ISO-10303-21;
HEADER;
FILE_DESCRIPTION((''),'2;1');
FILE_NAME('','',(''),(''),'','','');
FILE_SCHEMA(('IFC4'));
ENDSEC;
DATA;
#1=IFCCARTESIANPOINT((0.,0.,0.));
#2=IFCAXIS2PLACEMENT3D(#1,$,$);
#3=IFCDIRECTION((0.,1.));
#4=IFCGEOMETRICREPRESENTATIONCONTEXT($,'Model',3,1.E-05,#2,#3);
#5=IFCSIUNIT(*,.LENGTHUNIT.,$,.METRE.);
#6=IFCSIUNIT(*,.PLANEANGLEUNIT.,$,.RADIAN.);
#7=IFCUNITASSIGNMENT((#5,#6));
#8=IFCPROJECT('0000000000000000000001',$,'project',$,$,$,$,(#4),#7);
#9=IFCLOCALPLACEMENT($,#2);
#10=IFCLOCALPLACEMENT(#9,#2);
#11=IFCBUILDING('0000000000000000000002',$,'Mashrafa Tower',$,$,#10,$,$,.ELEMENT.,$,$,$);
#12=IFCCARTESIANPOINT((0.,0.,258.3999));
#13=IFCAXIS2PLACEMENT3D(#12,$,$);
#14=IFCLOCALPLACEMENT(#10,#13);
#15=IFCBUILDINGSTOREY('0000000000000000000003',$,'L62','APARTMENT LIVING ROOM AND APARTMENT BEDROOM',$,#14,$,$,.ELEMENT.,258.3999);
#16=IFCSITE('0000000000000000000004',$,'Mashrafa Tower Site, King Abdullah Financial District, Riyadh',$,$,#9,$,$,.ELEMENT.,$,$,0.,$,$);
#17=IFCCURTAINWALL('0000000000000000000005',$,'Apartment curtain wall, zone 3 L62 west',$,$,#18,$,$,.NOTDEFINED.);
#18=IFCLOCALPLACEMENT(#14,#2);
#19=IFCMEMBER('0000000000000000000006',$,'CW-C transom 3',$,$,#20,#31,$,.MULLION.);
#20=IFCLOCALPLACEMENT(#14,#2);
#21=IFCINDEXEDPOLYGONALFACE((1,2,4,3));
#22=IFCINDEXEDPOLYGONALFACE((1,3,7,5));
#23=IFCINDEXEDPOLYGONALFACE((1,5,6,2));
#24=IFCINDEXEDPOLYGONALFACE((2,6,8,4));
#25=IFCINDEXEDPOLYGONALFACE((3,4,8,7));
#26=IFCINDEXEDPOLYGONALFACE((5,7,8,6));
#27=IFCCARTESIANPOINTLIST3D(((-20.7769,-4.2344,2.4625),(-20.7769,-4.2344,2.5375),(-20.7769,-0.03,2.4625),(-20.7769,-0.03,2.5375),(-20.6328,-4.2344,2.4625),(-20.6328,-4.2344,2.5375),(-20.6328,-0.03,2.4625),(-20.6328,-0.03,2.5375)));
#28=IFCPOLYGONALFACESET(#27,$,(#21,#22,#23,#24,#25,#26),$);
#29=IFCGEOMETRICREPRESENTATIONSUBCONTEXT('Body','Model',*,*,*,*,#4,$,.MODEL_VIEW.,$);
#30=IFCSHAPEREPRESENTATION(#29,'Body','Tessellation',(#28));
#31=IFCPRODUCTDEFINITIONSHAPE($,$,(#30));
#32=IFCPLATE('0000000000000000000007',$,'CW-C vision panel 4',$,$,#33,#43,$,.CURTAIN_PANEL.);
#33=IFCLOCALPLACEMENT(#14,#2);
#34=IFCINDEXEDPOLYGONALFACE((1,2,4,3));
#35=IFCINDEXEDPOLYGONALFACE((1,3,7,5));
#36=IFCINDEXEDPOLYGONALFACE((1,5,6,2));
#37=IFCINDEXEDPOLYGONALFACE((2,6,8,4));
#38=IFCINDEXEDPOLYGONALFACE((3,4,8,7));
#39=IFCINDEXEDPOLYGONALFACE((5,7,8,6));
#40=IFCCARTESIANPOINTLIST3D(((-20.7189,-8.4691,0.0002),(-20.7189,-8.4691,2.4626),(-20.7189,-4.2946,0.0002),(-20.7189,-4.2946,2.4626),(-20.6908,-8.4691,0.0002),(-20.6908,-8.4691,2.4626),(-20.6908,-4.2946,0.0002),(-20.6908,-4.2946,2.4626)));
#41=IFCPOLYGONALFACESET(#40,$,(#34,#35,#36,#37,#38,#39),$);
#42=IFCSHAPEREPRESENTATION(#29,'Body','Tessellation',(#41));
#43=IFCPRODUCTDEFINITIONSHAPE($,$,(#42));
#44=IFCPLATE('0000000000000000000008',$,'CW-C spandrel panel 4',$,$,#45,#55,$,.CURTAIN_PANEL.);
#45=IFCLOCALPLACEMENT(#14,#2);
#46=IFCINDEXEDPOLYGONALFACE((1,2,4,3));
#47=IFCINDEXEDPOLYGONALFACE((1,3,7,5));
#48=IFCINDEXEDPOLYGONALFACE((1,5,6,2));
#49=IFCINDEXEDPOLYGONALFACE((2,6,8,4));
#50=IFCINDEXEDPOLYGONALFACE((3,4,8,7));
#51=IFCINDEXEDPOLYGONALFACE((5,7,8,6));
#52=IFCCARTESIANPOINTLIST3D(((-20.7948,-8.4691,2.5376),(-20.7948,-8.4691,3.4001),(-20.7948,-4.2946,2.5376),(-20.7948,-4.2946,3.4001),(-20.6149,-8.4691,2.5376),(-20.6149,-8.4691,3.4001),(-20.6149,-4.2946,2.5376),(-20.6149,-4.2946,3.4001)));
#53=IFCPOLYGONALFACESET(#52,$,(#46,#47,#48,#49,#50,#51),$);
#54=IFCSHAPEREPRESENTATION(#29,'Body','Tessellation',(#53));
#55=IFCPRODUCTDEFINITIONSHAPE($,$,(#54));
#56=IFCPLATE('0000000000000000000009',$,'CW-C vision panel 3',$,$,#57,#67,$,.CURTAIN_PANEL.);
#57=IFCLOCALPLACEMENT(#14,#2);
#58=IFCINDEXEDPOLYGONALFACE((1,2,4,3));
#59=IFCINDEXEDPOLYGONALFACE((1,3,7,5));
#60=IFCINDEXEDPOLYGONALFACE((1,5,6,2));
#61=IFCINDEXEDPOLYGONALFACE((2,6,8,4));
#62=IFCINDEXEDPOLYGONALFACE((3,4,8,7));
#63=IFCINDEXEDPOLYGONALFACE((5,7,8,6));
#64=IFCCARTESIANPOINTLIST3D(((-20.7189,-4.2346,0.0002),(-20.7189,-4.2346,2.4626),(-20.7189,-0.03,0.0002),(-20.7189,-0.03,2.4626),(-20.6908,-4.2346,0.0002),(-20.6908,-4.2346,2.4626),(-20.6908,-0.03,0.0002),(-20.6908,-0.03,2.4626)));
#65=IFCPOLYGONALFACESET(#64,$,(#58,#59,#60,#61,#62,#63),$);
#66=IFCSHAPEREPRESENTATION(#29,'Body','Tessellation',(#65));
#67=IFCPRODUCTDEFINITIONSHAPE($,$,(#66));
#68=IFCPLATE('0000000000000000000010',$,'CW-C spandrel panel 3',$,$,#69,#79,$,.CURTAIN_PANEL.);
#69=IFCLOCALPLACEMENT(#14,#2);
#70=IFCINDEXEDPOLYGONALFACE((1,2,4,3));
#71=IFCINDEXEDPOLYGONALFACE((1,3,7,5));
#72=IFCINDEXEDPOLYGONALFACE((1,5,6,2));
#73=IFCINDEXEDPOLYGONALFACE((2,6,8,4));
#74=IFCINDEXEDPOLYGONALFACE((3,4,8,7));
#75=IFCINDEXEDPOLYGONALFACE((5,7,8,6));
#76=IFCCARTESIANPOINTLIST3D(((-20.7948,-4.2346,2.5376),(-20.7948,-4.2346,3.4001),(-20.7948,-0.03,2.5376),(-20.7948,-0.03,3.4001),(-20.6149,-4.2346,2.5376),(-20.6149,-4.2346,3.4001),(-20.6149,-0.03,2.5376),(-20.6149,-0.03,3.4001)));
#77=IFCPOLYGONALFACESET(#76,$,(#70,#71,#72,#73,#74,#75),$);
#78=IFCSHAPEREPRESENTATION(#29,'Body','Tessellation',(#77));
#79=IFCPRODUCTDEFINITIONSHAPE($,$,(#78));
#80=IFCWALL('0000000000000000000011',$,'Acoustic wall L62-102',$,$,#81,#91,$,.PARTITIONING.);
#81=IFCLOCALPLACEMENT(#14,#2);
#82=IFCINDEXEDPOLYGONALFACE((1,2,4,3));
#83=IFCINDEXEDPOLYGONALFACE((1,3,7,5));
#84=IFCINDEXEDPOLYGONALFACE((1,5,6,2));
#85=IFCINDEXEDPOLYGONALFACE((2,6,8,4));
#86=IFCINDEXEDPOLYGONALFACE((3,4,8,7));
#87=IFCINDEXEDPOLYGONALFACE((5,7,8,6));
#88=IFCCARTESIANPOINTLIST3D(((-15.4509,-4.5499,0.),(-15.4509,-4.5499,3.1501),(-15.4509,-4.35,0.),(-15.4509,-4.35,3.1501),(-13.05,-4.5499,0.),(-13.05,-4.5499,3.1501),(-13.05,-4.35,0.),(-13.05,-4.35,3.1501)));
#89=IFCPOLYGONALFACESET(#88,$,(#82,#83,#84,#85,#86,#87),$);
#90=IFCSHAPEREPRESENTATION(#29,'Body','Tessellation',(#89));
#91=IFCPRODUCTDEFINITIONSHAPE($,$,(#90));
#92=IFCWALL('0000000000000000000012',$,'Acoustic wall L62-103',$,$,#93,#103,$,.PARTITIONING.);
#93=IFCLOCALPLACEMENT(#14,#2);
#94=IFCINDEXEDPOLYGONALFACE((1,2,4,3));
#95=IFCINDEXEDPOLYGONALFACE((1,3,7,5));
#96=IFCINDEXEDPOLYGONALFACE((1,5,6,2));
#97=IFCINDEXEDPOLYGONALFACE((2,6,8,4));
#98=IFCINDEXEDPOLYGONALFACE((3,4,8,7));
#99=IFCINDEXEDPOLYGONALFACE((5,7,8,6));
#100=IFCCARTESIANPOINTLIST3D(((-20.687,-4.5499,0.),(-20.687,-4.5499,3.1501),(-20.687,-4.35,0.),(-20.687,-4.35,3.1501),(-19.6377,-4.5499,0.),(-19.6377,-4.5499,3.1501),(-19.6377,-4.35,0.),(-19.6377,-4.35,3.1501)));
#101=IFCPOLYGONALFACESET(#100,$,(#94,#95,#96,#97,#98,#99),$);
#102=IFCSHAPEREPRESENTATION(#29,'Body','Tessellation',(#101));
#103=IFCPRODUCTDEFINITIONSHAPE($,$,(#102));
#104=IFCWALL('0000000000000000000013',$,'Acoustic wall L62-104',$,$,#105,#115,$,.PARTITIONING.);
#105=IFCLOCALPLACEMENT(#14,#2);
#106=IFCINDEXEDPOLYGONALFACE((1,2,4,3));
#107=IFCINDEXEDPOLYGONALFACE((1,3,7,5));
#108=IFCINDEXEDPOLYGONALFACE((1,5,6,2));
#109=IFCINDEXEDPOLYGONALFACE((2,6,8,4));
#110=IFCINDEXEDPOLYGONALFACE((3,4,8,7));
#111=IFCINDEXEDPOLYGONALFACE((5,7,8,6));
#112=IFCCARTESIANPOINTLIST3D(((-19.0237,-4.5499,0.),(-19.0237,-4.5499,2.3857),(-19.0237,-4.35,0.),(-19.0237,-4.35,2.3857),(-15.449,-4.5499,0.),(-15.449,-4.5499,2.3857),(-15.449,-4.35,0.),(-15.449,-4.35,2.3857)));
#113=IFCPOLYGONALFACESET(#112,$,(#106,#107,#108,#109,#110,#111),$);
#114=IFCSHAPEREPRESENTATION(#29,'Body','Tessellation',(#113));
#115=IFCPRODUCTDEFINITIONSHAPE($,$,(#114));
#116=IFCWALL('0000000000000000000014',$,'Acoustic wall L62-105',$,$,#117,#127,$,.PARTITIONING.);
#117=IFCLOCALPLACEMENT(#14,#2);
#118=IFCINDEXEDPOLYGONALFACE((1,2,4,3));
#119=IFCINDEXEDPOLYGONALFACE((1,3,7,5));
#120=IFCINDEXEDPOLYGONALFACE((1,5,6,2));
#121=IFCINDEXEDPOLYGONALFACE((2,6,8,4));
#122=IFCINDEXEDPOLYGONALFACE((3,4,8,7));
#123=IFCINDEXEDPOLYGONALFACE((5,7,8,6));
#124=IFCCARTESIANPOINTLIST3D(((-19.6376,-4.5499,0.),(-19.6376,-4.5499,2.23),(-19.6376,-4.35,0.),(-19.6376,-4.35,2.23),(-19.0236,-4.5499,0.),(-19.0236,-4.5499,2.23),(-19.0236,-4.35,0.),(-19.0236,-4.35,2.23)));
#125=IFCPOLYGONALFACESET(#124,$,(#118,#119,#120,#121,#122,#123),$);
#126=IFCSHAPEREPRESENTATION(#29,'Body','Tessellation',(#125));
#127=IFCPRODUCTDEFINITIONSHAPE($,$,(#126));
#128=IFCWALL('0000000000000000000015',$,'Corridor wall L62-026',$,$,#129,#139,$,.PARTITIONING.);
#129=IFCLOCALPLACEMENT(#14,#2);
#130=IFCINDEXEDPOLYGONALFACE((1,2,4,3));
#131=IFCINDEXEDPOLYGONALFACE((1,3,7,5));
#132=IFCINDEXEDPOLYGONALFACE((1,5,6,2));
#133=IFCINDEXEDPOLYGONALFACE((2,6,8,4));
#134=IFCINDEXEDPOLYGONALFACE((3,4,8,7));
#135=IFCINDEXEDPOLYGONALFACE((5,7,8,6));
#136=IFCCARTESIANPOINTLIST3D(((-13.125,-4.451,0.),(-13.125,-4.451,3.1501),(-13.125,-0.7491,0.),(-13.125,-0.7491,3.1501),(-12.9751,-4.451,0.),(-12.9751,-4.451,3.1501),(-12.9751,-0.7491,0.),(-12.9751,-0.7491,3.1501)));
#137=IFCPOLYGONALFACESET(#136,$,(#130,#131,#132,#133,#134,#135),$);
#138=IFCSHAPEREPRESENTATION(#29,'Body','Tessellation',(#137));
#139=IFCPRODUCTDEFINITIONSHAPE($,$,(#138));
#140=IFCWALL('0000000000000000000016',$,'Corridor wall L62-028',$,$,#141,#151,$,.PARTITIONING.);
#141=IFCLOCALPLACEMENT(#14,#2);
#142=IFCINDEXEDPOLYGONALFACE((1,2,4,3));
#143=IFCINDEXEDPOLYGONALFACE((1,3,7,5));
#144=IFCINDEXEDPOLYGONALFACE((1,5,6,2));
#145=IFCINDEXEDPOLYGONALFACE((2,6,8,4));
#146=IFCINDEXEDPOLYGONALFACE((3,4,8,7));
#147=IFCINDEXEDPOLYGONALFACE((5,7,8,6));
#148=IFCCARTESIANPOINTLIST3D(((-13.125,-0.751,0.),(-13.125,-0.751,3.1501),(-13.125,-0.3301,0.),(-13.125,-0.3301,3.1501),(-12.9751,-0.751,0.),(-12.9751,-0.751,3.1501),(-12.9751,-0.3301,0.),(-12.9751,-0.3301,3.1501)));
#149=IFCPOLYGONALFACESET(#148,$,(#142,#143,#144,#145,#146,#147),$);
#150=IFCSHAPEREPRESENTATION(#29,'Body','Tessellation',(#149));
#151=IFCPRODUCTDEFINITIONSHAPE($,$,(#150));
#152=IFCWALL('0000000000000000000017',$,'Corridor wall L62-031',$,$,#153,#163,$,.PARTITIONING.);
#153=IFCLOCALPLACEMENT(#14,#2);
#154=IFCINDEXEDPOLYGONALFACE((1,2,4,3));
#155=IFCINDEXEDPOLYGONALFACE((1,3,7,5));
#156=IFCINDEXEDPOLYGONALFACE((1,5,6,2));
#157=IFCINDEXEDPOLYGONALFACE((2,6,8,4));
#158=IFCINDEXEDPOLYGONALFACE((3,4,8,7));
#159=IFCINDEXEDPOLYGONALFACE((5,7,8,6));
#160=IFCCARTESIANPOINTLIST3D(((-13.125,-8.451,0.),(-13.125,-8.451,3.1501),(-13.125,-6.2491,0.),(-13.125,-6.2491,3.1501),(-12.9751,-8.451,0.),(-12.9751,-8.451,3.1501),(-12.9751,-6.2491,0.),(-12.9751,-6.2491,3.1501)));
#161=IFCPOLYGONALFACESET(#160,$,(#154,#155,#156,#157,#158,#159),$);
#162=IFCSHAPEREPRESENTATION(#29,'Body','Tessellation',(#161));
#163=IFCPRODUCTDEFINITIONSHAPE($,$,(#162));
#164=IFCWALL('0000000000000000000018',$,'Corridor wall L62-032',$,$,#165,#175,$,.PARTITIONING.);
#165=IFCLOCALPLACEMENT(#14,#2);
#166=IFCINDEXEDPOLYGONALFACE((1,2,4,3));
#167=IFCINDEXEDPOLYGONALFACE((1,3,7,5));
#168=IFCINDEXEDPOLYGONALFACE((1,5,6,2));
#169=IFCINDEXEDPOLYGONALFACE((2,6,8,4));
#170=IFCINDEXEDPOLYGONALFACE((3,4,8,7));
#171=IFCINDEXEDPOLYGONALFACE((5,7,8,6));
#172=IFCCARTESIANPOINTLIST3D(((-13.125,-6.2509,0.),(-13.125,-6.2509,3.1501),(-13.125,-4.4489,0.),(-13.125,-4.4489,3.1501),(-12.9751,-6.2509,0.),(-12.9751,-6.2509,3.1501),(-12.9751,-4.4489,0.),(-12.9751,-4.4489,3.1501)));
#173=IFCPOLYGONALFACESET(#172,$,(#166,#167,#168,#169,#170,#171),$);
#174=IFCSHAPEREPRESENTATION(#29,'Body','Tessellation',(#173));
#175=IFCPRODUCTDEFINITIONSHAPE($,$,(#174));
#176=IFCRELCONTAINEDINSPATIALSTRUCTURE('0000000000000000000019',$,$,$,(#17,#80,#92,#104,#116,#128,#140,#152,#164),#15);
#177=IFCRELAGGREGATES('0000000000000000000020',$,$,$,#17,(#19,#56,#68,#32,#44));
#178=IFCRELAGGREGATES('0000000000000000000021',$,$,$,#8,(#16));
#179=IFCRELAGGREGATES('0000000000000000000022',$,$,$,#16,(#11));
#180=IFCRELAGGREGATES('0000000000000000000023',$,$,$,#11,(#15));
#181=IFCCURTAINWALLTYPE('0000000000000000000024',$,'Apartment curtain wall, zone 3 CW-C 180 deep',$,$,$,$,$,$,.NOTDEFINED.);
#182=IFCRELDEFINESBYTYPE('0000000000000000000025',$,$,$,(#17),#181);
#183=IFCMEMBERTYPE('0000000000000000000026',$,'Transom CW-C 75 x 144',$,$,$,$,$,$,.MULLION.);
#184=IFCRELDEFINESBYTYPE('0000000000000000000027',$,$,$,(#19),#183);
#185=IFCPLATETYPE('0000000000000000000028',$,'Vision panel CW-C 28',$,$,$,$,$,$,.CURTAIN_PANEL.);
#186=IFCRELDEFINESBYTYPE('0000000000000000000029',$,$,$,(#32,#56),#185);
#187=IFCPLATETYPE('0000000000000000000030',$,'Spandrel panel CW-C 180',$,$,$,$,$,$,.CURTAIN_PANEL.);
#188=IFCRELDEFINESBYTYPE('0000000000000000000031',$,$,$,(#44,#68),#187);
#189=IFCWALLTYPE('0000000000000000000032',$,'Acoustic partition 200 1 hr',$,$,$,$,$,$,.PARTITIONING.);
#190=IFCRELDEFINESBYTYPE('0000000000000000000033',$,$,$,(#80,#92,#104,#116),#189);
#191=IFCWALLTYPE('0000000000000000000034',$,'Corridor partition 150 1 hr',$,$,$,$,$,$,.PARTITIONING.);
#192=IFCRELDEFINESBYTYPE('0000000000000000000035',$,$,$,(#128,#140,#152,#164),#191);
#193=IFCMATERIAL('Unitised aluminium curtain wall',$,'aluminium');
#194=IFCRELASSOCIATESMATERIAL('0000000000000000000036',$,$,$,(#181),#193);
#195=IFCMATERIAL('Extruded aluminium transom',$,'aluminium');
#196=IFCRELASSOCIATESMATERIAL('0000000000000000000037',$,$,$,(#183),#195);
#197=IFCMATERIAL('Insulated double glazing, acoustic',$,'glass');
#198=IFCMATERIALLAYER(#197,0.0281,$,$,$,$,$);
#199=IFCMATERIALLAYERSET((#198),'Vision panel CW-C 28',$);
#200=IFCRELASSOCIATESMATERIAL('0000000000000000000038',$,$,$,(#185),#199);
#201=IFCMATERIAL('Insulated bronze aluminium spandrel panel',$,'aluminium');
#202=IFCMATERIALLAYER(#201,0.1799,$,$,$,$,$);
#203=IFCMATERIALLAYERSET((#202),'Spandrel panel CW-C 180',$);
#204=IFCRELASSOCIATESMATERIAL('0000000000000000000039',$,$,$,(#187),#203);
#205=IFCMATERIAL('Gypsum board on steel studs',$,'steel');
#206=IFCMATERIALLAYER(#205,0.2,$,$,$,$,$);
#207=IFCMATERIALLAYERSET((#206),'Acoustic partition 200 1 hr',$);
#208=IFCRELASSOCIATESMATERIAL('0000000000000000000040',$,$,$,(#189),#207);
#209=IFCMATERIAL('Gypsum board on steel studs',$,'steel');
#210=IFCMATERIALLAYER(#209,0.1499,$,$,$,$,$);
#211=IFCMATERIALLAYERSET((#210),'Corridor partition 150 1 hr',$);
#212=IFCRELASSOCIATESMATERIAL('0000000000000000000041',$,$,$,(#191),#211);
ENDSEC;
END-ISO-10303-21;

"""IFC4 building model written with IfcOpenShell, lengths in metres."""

from ifc_helpers import new_model, si_unit, direction, frame, frame_2d, origin, origin_2d, place, context, subcontext, project, spatial, rectangle, extrude, source, transform, mapped, material, layer, layer_set, material_profile, profile_set, type_object, type_shapes, element, aggregate, save


model = new_model("IFC4")

# Units and contexts
model_context = context("Model", 3, precision=1e-05, world=origin(), true_north=direction((0.0, 1.0)))
body_context = subcontext(model_context, "Body", "Model", "MODEL_VIEW")
ifc_project = project(units=[si_unit("LENGTHUNIT", "METRE"), si_unit("PLANEANGLEUNIT", "RADIAN")], contexts=[model_context])

# Site, building, storey
site_placement = place(None, origin())
site = spatial("IfcSite", under=ifc_project, at=site_placement, Name="Mashrafa Tower Site, King Abdullah Financial District, Riyadh", CompositionType="ELEMENT", RefElevation=0.0)
building_placement = place(site_placement, origin())
building = spatial("IfcBuilding", under=site, at=building_placement, Name="Mashrafa Tower", CompositionType="ELEMENT")
storey_placement = place(building_placement, frame((0.0, 0.0, 258.3999)))
storey = spatial("IfcBuildingStorey", under=building, at=storey_placement, Name="L62", Description="APARTMENT LIVING ROOM AND APARTMENT BEDROOM", CompositionType="ELEMENT", Elevation=258.3999)

# Curtain wall, member, plates
ifc_material_1 = material(Name="Unitised aluminium curtain wall", Category="aluminium")
curtain_wall_type = type_object("IfcCurtainWallType", Name="Apartment curtain wall, zone 3 CW-C 180 deep", PredefinedType="NOTDEFINED", material=ifc_material_1)
curtain_wall_placement = place(storey_placement, origin())
curtain_wall = element("IfcCurtainWall", 1, at=curtain_wall_placement, inside=storey, type_object=curtain_wall_type, Name="Apartment curtain wall, zone 3 L62 west", PredefinedType="NOTDEFINED")
ifc_material_2 = material(Name="Extruded aluminium transom", Category="aluminium")
ifc_material_profile_1 = material_profile(ifc_material_2, rectangle(XDim=0.144, YDim=0.075, at=origin_2d()), Name="Transom 75x144")
ifc_profile_set_1 = profile_set([ifc_material_profile_1], Name="Extruded aluminium transom")
member_type_1 = type_object("IfcMemberType", Name="Transom CW-C 75 x 144", PredefinedType="MULLION", material=ifc_profile_set_1)
shared_shape_1 = source(origin(), body_context, "Body", "SweptSolid", [
    extrude(rectangle(XDim=0.144, YDim=0.075, at=origin_2d()), origin(), (0.0, 0.0, 1.0), 4.2043),
])
member_1_placement = place(storey_placement, frame((-20.7048, -0.03, 2.5), z_axis=(0.0, -1.0, 0.0), x_axis=(1.0, 0.0, 0.0)))
member_1 = element("IfcMember", 2, at=member_1_placement, type_object=member_type_1, Name="CW-C transom 3", PredefinedType="MULLION", context=body_context, shape_type="MappedRepresentation", body=[
    mapped(shared_shape_1, transform((0.0, 0.0, 0.0))),
])
ifc_material_3 = material(Name="Insulated double glazing, acoustic", Category="glass")
ifc_layer_1 = layer(ifc_material_3, 0.0281)
ifc_layer_set_1 = layer_set([ifc_layer_1], Name="Vision panel CW-C 28")
plate_type_1 = type_object("IfcPlateType", Name="Vision panel CW-C 28", PredefinedType="CURTAIN_PANEL", material=ifc_layer_set_1)
shared_shape_2 = source(origin(), body_context, "Body", "SweptSolid", [
    extrude(rectangle(XDim=4.1746, YDim=0.0281, at=origin_2d()), origin(), (0.0, 0.0, 1.0), 2.4624),
])
plate_1_placement = place(storey_placement, frame((-20.7048, -6.3818, 0.0002), z_axis=(0.0, 0.0, 1.0), x_axis=(0.0, -1.0, 0.0)))
plate_1 = element("IfcPlate", 3, at=plate_1_placement, type_object=plate_type_1, Name="CW-C vision panel 4", PredefinedType="CURTAIN_PANEL", context=body_context, shape_type="MappedRepresentation", body=[
    mapped(shared_shape_2, transform((0.0, 0.0, 0.0))),
])
ifc_material_4 = material(Name="Insulated bronze aluminium spandrel panel", Category="aluminium")
ifc_layer_2 = layer(ifc_material_4, 0.1799)
ifc_layer_set_2 = layer_set([ifc_layer_2], Name="Spandrel panel CW-C 180")
plate_type_2 = type_object("IfcPlateType", Name="Spandrel panel CW-C 180", PredefinedType="CURTAIN_PANEL", material=ifc_layer_set_2)
shared_shape_3 = source(origin(), body_context, "Body", "SweptSolid", [
    extrude(rectangle(XDim=4.1746, YDim=0.1799, at=origin_2d()), origin(), (0.0, 0.0, 1.0), 0.8625),
])
plate_2_placement = place(storey_placement, frame((-20.7048, -6.3818, 2.5376), z_axis=(0.0, 0.0, 1.0), x_axis=(0.0, -1.0, 0.0)))
plate_2 = element("IfcPlate", 4, at=plate_2_placement, type_object=plate_type_2, Name="CW-C spandrel panel 4", PredefinedType="CURTAIN_PANEL", context=body_context, shape_type="MappedRepresentation", body=[
    mapped(shared_shape_3, transform((0.0, 0.0, 0.0))),
])
shared_shape_4 = source(origin(), body_context, "Body", "SweptSolid", [
    extrude(rectangle(XDim=4.2046, YDim=0.0281, at=origin_2d()), origin(), (0.0, 0.0, 1.0), 2.4624),
])
type_shapes(plate_type_1, [shared_shape_2, shared_shape_4])
plate_3_placement = place(storey_placement, frame((-20.7048, -2.1323, 0.0002), z_axis=(0.0, 0.0, 1.0), x_axis=(0.0, -1.0, 0.0)))
plate_3 = element("IfcPlate", 5, at=plate_3_placement, type_object=plate_type_1, Name="CW-C vision panel 3", PredefinedType="CURTAIN_PANEL", context=body_context, shape_type="MappedRepresentation", body=[
    mapped(shared_shape_4, transform((0.0, 0.0, 0.0))),
])
shared_shape_5 = source(origin(), body_context, "Body", "SweptSolid", [
    extrude(rectangle(XDim=4.2046, YDim=0.1799, at=origin_2d()), origin(), (0.0, 0.0, 1.0), 0.8625),
])
type_shapes(plate_type_2, [shared_shape_3, shared_shape_5])
plate_4_placement = place(storey_placement, frame((-20.7048, -2.1323, 2.5376), z_axis=(0.0, 0.0, 1.0), x_axis=(0.0, -1.0, 0.0)))
plate_4 = element("IfcPlate", 6, at=plate_4_placement, type_object=plate_type_2, Name="CW-C spandrel panel 3", PredefinedType="CURTAIN_PANEL", context=body_context, shape_type="MappedRepresentation", body=[
    mapped(shared_shape_5, transform((0.0, 0.0, 0.0))),
])
aggregate(curtain_wall, [member_1, plate_3, plate_4, plate_1, plate_2])

# Walls
ifc_material_5 = material(Name="Gypsum board on steel studs", Category="steel")
ifc_layer_3 = layer(ifc_material_5, 0.2)
ifc_layer_set_3 = layer_set([ifc_layer_3], Name="Acoustic partition 200 1 hr")
wall_type_1 = type_object("IfcWallType", Name="Acoustic partition 200 1 hr", PredefinedType="PARTITIONING", material=ifc_layer_set_3)
wall_1_placement = place(storey_placement, frame((-15.4509, -4.45, 0.0), z_axis=(0.0, 0.0, 1.0), x_axis=(1.0, 0.0, 0.0)))
element("IfcWall", 7, at=wall_1_placement, inside=storey, type_object=wall_type_1, Name="Acoustic wall L62-102", PredefinedType="PARTITIONING", context=body_context, shape_type="SweptSolid", body=[
    extrude(rectangle(XDim=2.4009, YDim=0.2, at=frame_2d((1.2004, 0.0))), origin(), (0.0, 0.0, 1.0), 3.1501),
])
wall_2_placement = place(storey_placement, frame((-20.687, -4.45, 0.0), z_axis=(0.0, 0.0, 1.0), x_axis=(1.0, 0.0, 0.0)))
element("IfcWall", 8, at=wall_2_placement, inside=storey, type_object=wall_type_1, Name="Acoustic wall L62-103", PredefinedType="PARTITIONING", context=body_context, shape_type="SweptSolid", body=[
    extrude(rectangle(XDim=1.0493, YDim=0.2, at=frame_2d((0.5247, 0.0))), origin(), (0.0, 0.0, 1.0), 3.1501),
])
wall_3_placement = place(storey_placement, frame((-19.0237, -4.45, 0.0), z_axis=(0.0, 0.0, 1.0), x_axis=(1.0, 0.0, 0.0)))
element("IfcWall", 9, at=wall_3_placement, inside=storey, type_object=wall_type_1, Name="Acoustic wall L62-104", PredefinedType="PARTITIONING", context=body_context, shape_type="SweptSolid", body=[
    extrude(rectangle(XDim=3.5747, YDim=0.2, at=frame_2d((1.7874, 0.0))), origin(), (0.0, 0.0, 1.0), 2.3857),
])
wall_4_placement = place(storey_placement, frame((-19.6377, -4.45, 0.0), z_axis=(0.0, 0.0, 1.0), x_axis=(1.0, 0.0, 0.0)))
element("IfcWall", 10, at=wall_4_placement, inside=storey, type_object=wall_type_1, Name="Acoustic wall L62-105", PredefinedType="PARTITIONING", context=body_context, shape_type="SweptSolid", body=[
    extrude(rectangle(XDim=0.614, YDim=0.2, at=frame_2d((0.3071, 0.0))), origin(), (0.0, 0.0, 1.0), 2.23),
])
ifc_material_6 = material(Name="Gypsum board on steel studs", Category="steel")
ifc_layer_4 = layer(ifc_material_6, 0.1499)
ifc_layer_set_4 = layer_set([ifc_layer_4], Name="Corridor partition 150 1 hr")
wall_type_2 = type_object("IfcWallType", Name="Corridor partition 150 1 hr", PredefinedType="PARTITIONING", material=ifc_layer_set_4)
wall_5_placement = place(storey_placement, frame((-13.05, -0.749, 0.0), z_axis=(0.0, 0.0, 1.0), x_axis=(0.0, -1.0, 0.0)))
element("IfcWall", 11, at=wall_5_placement, inside=storey, type_object=wall_type_2, Name="Corridor wall L62-026", PredefinedType="PARTITIONING", context=body_context, shape_type="SweptSolid", body=[
    extrude(rectangle(XDim=3.7019, YDim=0.1499, at=frame_2d((1.8511, 0.0))), origin(), (0.0, 0.0, 1.0), 3.1501),
])
wall_6_placement = place(storey_placement, frame((-13.05, -0.3301, 0.0), z_axis=(0.0, 0.0, 1.0), x_axis=(0.0, -1.0, 0.0)))
element("IfcWall", 12, at=wall_6_placement, inside=storey, type_object=wall_type_2, Name="Corridor wall L62-028", PredefinedType="PARTITIONING", context=body_context, shape_type="SweptSolid", body=[
    extrude(rectangle(XDim=0.4209, YDim=0.1499, at=frame_2d((0.2104, 0.0))), origin(), (0.0, 0.0, 1.0), 3.1501),
])
wall_7_placement = place(storey_placement, frame((-13.05, -6.249, 0.0), z_axis=(0.0, 0.0, 1.0), x_axis=(0.0, -1.0, 0.0)))
element("IfcWall", 13, at=wall_7_placement, inside=storey, type_object=wall_type_2, Name="Corridor wall L62-031", PredefinedType="PARTITIONING", context=body_context, shape_type="SweptSolid", body=[
    extrude(rectangle(XDim=2.2019, YDim=0.1499, at=frame_2d((1.1011, 0.0))), origin(), (0.0, 0.0, 1.0), 3.1501),
])
wall_8_placement = place(storey_placement, frame((-13.05, -4.449, 0.0), z_axis=(0.0, 0.0, 1.0), x_axis=(0.0, -1.0, 0.0)))
element("IfcWall", 14, at=wall_8_placement, inside=storey, type_object=wall_type_2, Name="Corridor wall L62-032", PredefinedType="PARTITIONING", context=body_context, shape_type="SweptSolid", body=[
    extrude(rectangle(XDim=1.802, YDim=0.1499, at=frame_2d((0.9009, 0.0))), origin(), (0.0, 0.0, 1.0), 3.1501),
])

save(model, "model.ifc")
